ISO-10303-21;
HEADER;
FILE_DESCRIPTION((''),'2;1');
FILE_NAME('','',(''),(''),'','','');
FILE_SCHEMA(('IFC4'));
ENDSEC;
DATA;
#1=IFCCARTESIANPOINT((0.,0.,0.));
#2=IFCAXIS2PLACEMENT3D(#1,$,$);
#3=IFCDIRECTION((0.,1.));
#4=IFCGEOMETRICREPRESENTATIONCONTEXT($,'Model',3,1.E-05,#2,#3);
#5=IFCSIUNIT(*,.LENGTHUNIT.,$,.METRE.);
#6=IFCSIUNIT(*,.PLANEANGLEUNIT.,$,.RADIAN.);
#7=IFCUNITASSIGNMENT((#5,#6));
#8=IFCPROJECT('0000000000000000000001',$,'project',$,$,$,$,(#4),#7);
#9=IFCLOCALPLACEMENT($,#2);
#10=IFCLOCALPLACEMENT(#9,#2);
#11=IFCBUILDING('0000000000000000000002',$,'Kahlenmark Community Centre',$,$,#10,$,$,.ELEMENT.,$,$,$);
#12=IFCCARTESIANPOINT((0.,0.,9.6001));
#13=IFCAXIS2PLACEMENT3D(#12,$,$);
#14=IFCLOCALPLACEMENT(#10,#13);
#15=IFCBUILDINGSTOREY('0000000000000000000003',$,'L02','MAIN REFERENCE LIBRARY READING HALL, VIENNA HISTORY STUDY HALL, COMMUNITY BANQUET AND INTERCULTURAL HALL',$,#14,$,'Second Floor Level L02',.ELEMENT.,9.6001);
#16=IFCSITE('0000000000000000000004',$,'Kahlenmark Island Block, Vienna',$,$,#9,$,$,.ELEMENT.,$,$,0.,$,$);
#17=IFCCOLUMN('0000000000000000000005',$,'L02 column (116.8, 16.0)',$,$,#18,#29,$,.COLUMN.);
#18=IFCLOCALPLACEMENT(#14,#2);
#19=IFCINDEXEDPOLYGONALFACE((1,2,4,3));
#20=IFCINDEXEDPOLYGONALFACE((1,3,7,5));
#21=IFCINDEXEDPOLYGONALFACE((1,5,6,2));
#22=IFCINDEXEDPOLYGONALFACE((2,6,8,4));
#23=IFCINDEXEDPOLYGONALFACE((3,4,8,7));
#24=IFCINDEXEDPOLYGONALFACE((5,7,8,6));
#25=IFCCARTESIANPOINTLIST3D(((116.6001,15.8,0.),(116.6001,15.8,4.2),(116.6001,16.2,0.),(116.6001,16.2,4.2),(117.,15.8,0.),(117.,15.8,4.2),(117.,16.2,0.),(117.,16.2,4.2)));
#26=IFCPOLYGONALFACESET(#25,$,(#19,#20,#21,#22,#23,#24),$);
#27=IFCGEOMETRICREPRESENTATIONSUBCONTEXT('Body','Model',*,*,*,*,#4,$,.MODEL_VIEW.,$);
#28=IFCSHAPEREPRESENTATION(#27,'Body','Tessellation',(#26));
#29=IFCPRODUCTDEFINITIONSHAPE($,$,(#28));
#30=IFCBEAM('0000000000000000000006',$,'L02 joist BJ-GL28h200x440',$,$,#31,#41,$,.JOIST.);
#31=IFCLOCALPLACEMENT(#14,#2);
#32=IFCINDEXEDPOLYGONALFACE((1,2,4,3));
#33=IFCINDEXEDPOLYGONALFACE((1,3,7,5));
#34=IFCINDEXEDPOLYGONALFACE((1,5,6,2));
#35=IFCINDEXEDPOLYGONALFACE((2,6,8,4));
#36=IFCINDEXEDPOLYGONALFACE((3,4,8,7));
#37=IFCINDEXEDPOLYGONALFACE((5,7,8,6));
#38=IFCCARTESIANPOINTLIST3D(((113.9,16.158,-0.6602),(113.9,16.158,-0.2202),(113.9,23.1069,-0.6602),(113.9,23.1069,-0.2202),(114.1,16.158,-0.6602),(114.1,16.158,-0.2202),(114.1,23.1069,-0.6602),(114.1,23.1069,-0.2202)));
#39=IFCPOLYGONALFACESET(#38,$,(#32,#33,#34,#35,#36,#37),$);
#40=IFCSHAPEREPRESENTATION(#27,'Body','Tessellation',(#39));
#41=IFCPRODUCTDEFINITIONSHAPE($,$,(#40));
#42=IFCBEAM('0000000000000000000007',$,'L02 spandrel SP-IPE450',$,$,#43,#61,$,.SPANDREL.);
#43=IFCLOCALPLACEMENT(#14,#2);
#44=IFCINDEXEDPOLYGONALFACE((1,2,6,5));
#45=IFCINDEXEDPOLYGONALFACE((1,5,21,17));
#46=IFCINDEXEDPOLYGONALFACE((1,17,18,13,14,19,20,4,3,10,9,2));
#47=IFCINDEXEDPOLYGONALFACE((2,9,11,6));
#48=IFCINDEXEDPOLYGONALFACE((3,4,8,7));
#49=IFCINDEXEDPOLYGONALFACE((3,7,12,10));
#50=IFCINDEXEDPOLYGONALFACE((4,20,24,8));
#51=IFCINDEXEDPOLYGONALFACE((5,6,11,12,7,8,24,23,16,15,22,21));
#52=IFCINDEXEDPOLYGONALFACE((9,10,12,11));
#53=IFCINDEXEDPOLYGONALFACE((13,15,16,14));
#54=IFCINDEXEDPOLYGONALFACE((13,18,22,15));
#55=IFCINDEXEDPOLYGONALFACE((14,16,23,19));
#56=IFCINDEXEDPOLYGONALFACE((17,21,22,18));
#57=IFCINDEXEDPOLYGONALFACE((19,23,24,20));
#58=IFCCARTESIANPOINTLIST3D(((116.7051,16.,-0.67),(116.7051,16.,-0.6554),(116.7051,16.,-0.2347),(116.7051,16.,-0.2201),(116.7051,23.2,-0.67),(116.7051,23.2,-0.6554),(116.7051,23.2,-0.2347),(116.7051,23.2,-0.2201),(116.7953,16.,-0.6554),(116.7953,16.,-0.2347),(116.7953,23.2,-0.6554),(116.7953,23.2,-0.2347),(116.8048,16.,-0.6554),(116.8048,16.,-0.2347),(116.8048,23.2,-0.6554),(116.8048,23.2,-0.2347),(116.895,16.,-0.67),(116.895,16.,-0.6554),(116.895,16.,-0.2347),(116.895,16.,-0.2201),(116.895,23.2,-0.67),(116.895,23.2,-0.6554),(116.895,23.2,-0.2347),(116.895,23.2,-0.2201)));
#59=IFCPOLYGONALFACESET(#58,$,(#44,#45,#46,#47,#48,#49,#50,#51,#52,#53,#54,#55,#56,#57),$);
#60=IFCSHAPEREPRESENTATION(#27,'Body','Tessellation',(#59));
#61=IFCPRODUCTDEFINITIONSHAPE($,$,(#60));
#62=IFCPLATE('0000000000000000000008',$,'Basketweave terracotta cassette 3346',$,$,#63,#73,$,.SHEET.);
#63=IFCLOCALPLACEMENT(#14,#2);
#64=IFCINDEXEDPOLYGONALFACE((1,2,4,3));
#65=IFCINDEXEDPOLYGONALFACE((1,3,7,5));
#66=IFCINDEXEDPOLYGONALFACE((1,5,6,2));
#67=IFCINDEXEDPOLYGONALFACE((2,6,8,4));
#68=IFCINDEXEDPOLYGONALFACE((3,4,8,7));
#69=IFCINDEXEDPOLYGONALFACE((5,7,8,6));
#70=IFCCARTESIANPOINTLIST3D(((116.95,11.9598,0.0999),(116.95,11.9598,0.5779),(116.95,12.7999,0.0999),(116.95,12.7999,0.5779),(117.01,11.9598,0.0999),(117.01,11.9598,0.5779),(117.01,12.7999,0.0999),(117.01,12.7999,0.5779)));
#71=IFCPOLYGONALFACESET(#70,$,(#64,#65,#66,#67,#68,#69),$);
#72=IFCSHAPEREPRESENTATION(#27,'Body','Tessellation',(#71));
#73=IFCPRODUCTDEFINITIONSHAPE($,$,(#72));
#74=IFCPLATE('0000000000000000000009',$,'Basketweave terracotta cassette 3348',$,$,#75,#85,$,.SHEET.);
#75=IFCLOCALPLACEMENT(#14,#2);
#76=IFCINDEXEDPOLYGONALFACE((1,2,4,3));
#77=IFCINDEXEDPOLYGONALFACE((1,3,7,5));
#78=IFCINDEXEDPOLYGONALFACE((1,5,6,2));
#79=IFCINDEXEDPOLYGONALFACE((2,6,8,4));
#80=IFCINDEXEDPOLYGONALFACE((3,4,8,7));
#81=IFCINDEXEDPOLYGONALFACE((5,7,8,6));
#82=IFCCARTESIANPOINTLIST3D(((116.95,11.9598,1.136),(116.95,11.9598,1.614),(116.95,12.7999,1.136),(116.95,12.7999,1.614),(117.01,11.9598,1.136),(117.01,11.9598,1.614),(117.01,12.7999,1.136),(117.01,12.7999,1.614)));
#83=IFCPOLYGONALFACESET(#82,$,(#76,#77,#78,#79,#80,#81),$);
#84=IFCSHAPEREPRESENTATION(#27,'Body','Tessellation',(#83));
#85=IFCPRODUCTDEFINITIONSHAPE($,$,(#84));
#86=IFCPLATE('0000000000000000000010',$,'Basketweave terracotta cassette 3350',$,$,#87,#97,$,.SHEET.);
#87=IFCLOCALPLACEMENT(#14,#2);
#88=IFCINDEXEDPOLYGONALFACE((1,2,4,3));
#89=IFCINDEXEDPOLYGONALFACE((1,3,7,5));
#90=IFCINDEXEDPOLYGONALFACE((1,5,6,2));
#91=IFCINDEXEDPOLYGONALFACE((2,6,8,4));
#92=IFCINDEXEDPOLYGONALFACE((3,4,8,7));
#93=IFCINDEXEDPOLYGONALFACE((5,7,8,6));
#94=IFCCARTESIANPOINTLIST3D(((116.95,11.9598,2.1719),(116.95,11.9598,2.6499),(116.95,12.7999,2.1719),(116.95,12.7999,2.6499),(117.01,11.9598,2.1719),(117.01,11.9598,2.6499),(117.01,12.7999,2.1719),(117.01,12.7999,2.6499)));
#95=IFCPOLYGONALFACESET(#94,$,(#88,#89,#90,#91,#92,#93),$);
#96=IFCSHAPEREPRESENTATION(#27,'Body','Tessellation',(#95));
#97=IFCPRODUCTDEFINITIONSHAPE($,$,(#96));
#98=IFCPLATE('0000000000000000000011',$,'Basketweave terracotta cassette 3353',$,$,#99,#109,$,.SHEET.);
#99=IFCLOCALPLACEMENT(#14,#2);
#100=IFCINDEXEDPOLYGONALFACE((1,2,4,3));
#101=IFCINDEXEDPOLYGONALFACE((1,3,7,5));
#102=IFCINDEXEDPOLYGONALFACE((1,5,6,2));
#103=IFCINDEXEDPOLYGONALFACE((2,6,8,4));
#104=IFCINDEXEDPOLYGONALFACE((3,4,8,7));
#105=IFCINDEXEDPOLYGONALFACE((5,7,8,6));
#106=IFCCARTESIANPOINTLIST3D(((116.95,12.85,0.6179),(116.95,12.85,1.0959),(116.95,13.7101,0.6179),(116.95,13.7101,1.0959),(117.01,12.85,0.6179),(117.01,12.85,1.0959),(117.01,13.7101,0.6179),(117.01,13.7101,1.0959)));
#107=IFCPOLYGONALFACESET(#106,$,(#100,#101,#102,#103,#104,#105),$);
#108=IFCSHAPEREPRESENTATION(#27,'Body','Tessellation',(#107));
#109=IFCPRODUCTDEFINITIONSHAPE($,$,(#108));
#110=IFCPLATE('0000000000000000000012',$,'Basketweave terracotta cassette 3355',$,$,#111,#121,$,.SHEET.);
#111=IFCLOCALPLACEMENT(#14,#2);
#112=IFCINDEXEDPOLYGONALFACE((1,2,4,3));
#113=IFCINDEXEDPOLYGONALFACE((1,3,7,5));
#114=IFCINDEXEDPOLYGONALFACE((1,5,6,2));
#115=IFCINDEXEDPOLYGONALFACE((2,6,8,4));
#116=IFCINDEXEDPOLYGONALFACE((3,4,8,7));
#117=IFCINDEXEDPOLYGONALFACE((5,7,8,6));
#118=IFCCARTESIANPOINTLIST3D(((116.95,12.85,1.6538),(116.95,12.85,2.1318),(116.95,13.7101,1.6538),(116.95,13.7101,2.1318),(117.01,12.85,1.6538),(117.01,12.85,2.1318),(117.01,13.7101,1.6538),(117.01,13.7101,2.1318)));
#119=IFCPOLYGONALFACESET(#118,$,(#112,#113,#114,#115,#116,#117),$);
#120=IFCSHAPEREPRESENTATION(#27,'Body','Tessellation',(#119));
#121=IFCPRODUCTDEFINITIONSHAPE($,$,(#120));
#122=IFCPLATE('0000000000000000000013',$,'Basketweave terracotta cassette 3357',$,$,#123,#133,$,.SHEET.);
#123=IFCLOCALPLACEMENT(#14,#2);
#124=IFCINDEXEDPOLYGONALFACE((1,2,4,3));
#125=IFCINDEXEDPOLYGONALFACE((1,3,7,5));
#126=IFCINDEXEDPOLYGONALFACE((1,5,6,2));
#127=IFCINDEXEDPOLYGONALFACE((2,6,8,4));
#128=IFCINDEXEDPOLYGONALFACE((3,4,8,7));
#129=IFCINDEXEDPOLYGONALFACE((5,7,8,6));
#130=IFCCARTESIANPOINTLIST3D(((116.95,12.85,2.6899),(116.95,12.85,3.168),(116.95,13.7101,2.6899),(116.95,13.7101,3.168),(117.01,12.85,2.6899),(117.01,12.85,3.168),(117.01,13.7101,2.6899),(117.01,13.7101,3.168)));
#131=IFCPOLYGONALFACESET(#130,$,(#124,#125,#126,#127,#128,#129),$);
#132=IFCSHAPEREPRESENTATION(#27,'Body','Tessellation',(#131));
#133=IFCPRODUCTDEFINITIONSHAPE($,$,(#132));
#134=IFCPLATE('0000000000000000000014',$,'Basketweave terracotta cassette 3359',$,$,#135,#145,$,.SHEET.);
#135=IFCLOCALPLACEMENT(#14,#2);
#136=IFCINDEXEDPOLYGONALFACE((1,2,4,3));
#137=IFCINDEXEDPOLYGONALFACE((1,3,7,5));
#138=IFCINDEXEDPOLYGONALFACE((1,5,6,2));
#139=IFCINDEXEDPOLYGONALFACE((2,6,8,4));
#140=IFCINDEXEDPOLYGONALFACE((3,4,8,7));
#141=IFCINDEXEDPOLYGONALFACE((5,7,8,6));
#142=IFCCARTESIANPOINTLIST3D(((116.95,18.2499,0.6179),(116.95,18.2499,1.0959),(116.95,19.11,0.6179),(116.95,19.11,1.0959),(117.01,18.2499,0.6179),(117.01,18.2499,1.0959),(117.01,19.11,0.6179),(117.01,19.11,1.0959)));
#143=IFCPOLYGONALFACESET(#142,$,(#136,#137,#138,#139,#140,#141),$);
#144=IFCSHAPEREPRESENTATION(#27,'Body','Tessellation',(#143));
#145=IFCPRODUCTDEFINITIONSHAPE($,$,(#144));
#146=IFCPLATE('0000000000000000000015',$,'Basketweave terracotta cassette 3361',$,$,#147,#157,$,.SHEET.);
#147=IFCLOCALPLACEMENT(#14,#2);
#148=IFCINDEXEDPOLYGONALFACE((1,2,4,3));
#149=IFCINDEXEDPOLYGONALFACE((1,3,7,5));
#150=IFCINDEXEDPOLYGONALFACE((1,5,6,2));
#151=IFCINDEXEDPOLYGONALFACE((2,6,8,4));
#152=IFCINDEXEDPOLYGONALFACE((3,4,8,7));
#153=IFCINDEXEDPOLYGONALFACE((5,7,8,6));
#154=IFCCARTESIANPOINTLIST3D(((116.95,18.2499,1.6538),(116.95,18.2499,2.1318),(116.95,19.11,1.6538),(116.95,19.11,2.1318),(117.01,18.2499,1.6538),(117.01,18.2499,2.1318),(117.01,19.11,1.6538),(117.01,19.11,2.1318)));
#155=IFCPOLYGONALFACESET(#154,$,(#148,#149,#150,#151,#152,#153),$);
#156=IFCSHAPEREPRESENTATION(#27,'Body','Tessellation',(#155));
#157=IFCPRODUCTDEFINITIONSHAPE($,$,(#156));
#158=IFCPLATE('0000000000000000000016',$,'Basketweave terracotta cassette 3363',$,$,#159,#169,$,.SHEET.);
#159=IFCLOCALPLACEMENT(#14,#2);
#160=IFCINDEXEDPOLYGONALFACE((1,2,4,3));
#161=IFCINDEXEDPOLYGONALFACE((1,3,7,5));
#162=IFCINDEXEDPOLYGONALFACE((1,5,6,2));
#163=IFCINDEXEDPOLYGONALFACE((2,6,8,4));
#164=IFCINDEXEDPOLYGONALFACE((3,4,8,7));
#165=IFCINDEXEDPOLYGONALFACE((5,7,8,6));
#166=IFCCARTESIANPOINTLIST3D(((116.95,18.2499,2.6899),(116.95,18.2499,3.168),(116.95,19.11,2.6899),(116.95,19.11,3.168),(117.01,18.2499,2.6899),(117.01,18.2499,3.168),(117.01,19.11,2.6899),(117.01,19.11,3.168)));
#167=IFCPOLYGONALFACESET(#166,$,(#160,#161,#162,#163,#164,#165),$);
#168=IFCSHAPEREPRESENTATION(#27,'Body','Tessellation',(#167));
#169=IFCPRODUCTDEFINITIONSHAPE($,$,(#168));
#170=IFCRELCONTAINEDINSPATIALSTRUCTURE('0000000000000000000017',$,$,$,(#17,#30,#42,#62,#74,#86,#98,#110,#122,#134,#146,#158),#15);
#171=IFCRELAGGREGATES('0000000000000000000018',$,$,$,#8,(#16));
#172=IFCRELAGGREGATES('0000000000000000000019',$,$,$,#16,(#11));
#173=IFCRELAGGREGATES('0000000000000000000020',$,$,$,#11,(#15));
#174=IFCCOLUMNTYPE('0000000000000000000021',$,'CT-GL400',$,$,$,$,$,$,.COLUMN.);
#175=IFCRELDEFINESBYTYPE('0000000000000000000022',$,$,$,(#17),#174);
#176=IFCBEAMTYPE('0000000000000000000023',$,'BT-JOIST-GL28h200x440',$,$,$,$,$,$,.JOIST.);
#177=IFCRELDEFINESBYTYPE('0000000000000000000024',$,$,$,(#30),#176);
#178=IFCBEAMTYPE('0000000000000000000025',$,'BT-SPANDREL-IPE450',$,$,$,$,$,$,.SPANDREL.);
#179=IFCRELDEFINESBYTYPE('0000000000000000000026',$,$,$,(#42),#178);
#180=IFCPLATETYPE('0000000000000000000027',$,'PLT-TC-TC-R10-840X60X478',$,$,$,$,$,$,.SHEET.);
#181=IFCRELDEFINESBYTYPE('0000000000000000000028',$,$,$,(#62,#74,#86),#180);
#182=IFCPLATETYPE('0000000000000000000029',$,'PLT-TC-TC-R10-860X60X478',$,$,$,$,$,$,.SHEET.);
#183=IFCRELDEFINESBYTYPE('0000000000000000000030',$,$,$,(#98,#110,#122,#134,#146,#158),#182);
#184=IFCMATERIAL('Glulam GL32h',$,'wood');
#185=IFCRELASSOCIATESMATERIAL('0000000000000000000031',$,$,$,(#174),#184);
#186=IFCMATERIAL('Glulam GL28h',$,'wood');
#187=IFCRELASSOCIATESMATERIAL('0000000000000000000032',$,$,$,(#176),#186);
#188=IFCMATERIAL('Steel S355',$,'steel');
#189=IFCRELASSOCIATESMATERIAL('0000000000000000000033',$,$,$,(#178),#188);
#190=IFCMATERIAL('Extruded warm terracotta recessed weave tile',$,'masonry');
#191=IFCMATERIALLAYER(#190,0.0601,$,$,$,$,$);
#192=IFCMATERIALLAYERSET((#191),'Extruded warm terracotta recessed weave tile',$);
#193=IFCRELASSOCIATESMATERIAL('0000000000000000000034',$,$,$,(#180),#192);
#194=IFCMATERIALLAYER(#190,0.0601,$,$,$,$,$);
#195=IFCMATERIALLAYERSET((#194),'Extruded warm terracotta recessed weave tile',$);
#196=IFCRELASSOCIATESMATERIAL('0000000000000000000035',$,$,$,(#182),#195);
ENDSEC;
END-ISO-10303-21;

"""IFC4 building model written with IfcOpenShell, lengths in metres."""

from ifc_helpers import new_model, si_unit, direction, frame, origin, origin_2d, place, context, subcontext, project, spatial, rectangle, i_section, extrude, material, layer, layer_set, material_profile, profile_set, type_object, element, save


model = new_model("IFC4")

# Units and contexts
model_context = context("Model", 3, precision=1e-05, world=origin(), true_north=direction((0.0, 1.0)))
body_context = subcontext(model_context, "Body", "Model", "MODEL_VIEW")
ifc_project = project(units=[si_unit("LENGTHUNIT", "METRE"), si_unit("PLANEANGLEUNIT", "RADIAN")], contexts=[model_context])

# Site, building, storey
site_placement = place(None, origin())
site = spatial("IfcSite", under=ifc_project, at=site_placement, Name="Kahlenmark Island Block, Vienna", CompositionType="ELEMENT", RefElevation=0.0)
building_placement = place(site_placement, origin())
building = spatial("IfcBuilding", under=site, at=building_placement, Name="Kahlenmark Community Centre", CompositionType="ELEMENT")
storey_placement = place(building_placement, frame((0.0, 0.0, 9.6001)))
storey = spatial("IfcBuildingStorey", under=building, at=storey_placement, Name="L02", Description="MAIN REFERENCE LIBRARY READING HALL, VIENNA HISTORY STUDY HALL, COMMUNITY BANQUET AND INTERCULTURAL HALL", LongName="Second Floor Level L02", CompositionType="ELEMENT", Elevation=9.6001)

# Column
ifc_material_1 = material(Name="Glulam GL32h", Category="wood")
ifc_material_profile_1 = material_profile(ifc_material_1, rectangle(XDim=0.3999, YDim=0.3999, at=origin_2d()), Name="GL32h 400x400")
ifc_profile_set_1 = profile_set([ifc_material_profile_1], Name="Glulam GL32h")
column_type = type_object("IfcColumnType", Name="CT-GL400", PredefinedType="COLUMN", material=ifc_profile_set_1)
column_placement = place(storey_placement, frame((116.8, 16.0, 0.0), z_axis=(0.0, 0.0, 1.0), x_axis=(1.0, 0.0, 0.0)))
element("IfcColumn", 1, at=column_placement, inside=storey, type_object=column_type, Name="L02 column (116.8, 16.0)", PredefinedType="COLUMN", context=body_context, shape_type="SweptSolid", body=[
    extrude(rectangle(XDim=0.3999, YDim=0.3999, at=origin_2d()), origin(), (0.0, 0.0, 1.0), 4.2),
])

# Beams
ifc_material_2 = material(Name="Glulam GL28h", Category="wood")
ifc_material_profile_2 = material_profile(ifc_material_2, rectangle(XDim=0.2, YDim=0.4399, at=origin_2d()), Name="GL28h 200x440")
ifc_profile_set_2 = profile_set([ifc_material_profile_2], Name="Glulam GL28h")
beam_type_1 = type_object("IfcBeamType", Name="BT-JOIST-GL28h200x440", PredefinedType="JOIST", material=ifc_profile_set_2)
beam_1_placement = place(storey_placement, frame((114.0, 16.158, -0.4402), z_axis=(0.0, 1.0, 0.0), x_axis=(-1.0, 0.0, 0.0)))
element("IfcBeam", 2, at=beam_1_placement, inside=storey, type_object=beam_type_1, Name="L02 joist BJ-GL28h200x440", PredefinedType="JOIST", context=body_context, shape_type="SweptSolid", body=[
    extrude(rectangle(XDim=0.2, YDim=0.4399, at=origin_2d()), origin(), (0.0, 0.0, 1.0), 6.949),
])
ifc_material_3 = material(Name="Steel S355", Category="steel")
ifc_material_profile_3 = material_profile(ifc_material_3, i_section(OverallWidth=0.1899, OverallDepth=0.45, WebThickness=0.0095, FlangeThickness=0.0146, at=origin_2d()), Name="IPE 450")
ifc_profile_set_3 = profile_set([ifc_material_profile_3], Name="Steel S355")
beam_type_2 = type_object("IfcBeamType", Name="BT-SPANDREL-IPE450", PredefinedType="SPANDREL", material=ifc_profile_set_3)
beam_2_placement = place(storey_placement, frame((116.8, 16.0, -0.4451), z_axis=(0.0, 1.0, 0.0), x_axis=(-1.0, 0.0, 0.0)))
element("IfcBeam", 3, at=beam_2_placement, inside=storey, type_object=beam_type_2, Name="L02 spandrel SP-IPE450", PredefinedType="SPANDREL", context=body_context, shape_type="SweptSolid", body=[
    extrude(i_section(OverallWidth=0.1899, OverallDepth=0.45, WebThickness=0.0095, FlangeThickness=0.0146, at=origin_2d()), origin(), (0.0, 0.0, 1.0), 7.2),
])

# Plates
ifc_material_4 = material(Name="Extruded warm terracotta recessed weave tile", Category="masonry")
ifc_layer_1 = layer(ifc_material_4, 0.0601)
ifc_layer_set_1 = layer_set([ifc_layer_1], Name="Extruded warm terracotta recessed weave tile")
plate_type_1 = type_object("IfcPlateType", Name="PLT-TC-TC-R10-840X60X478", PredefinedType="SHEET", material=ifc_layer_set_1)
for number, where, z_axis, x_axis, name in (
    (4, (116.98, 12.3799, 0.0999), (0.0, 0.0, 1.0), (0.0, 1.0, 0.0), "Basketweave terracotta cassette 3346"),
    (5, (116.98, 12.3799, 1.136), (0.0, 0.0, 1.0), (0.0, 1.0, 0.0), "Basketweave terracotta cassette 3348"),
    (6, (116.98, 12.3799, 2.1719), (0.0, 0.0, 1.0), (0.0, 1.0, 0.0), "Basketweave terracotta cassette 3350"),
):
    element("IfcPlate", number, at=place(storey_placement, frame(where, z_axis=z_axis, x_axis=x_axis)), inside=storey, type_object=plate_type_1, Name=name, PredefinedType="SHEET", context=body_context, shape_type="SweptSolid", body=[
        extrude(rectangle(XDim=0.8401, YDim=0.0601, at=origin_2d()), origin(), (0.0, 0.0, 1.0), 0.478),
    ])
ifc_layer_2 = layer(ifc_material_4, 0.0601)
ifc_layer_set_2 = layer_set([ifc_layer_2], Name="Extruded warm terracotta recessed weave tile")
plate_type_2 = type_object("IfcPlateType", Name="PLT-TC-TC-R10-860X60X478", PredefinedType="SHEET", material=ifc_layer_set_2)
for number, where, z_axis, x_axis, name in (
    (7, (116.98, 13.28, 0.6179), (0.0, 0.0, 1.0), (0.0, 1.0, 0.0), "Basketweave terracotta cassette 3353"),
    (8, (116.98, 13.28, 1.6538), (0.0, 0.0, 1.0), (0.0, 1.0, 0.0), "Basketweave terracotta cassette 3355"),
    (9, (116.98, 13.28, 2.6899), (0.0, 0.0, 1.0), (0.0, 1.0, 0.0), "Basketweave terracotta cassette 3357"),
    (10, (116.98, 18.6799, 0.6179), (0.0, 0.0, 1.0), (0.0, 1.0, 0.0), "Basketweave terracotta cassette 3359"),
    (11, (116.98, 18.6799, 1.6538), (0.0, 0.0, 1.0), (0.0, 1.0, 0.0), "Basketweave terracotta cassette 3361"),
    (12, (116.98, 18.6799, 2.6899), (0.0, 0.0, 1.0), (0.0, 1.0, 0.0), "Basketweave terracotta cassette 3363"),
):
    element("IfcPlate", number, at=place(storey_placement, frame(where, z_axis=z_axis, x_axis=x_axis)), inside=storey, type_object=plate_type_2, Name=name, PredefinedType="SHEET", context=body_context, shape_type="SweptSolid", body=[
        extrude(rectangle(XDim=0.8601, YDim=0.0601, at=origin_2d()), origin(), (0.0, 0.0, 1.0), 0.478),
    ])

save(model, "model.ifc")
